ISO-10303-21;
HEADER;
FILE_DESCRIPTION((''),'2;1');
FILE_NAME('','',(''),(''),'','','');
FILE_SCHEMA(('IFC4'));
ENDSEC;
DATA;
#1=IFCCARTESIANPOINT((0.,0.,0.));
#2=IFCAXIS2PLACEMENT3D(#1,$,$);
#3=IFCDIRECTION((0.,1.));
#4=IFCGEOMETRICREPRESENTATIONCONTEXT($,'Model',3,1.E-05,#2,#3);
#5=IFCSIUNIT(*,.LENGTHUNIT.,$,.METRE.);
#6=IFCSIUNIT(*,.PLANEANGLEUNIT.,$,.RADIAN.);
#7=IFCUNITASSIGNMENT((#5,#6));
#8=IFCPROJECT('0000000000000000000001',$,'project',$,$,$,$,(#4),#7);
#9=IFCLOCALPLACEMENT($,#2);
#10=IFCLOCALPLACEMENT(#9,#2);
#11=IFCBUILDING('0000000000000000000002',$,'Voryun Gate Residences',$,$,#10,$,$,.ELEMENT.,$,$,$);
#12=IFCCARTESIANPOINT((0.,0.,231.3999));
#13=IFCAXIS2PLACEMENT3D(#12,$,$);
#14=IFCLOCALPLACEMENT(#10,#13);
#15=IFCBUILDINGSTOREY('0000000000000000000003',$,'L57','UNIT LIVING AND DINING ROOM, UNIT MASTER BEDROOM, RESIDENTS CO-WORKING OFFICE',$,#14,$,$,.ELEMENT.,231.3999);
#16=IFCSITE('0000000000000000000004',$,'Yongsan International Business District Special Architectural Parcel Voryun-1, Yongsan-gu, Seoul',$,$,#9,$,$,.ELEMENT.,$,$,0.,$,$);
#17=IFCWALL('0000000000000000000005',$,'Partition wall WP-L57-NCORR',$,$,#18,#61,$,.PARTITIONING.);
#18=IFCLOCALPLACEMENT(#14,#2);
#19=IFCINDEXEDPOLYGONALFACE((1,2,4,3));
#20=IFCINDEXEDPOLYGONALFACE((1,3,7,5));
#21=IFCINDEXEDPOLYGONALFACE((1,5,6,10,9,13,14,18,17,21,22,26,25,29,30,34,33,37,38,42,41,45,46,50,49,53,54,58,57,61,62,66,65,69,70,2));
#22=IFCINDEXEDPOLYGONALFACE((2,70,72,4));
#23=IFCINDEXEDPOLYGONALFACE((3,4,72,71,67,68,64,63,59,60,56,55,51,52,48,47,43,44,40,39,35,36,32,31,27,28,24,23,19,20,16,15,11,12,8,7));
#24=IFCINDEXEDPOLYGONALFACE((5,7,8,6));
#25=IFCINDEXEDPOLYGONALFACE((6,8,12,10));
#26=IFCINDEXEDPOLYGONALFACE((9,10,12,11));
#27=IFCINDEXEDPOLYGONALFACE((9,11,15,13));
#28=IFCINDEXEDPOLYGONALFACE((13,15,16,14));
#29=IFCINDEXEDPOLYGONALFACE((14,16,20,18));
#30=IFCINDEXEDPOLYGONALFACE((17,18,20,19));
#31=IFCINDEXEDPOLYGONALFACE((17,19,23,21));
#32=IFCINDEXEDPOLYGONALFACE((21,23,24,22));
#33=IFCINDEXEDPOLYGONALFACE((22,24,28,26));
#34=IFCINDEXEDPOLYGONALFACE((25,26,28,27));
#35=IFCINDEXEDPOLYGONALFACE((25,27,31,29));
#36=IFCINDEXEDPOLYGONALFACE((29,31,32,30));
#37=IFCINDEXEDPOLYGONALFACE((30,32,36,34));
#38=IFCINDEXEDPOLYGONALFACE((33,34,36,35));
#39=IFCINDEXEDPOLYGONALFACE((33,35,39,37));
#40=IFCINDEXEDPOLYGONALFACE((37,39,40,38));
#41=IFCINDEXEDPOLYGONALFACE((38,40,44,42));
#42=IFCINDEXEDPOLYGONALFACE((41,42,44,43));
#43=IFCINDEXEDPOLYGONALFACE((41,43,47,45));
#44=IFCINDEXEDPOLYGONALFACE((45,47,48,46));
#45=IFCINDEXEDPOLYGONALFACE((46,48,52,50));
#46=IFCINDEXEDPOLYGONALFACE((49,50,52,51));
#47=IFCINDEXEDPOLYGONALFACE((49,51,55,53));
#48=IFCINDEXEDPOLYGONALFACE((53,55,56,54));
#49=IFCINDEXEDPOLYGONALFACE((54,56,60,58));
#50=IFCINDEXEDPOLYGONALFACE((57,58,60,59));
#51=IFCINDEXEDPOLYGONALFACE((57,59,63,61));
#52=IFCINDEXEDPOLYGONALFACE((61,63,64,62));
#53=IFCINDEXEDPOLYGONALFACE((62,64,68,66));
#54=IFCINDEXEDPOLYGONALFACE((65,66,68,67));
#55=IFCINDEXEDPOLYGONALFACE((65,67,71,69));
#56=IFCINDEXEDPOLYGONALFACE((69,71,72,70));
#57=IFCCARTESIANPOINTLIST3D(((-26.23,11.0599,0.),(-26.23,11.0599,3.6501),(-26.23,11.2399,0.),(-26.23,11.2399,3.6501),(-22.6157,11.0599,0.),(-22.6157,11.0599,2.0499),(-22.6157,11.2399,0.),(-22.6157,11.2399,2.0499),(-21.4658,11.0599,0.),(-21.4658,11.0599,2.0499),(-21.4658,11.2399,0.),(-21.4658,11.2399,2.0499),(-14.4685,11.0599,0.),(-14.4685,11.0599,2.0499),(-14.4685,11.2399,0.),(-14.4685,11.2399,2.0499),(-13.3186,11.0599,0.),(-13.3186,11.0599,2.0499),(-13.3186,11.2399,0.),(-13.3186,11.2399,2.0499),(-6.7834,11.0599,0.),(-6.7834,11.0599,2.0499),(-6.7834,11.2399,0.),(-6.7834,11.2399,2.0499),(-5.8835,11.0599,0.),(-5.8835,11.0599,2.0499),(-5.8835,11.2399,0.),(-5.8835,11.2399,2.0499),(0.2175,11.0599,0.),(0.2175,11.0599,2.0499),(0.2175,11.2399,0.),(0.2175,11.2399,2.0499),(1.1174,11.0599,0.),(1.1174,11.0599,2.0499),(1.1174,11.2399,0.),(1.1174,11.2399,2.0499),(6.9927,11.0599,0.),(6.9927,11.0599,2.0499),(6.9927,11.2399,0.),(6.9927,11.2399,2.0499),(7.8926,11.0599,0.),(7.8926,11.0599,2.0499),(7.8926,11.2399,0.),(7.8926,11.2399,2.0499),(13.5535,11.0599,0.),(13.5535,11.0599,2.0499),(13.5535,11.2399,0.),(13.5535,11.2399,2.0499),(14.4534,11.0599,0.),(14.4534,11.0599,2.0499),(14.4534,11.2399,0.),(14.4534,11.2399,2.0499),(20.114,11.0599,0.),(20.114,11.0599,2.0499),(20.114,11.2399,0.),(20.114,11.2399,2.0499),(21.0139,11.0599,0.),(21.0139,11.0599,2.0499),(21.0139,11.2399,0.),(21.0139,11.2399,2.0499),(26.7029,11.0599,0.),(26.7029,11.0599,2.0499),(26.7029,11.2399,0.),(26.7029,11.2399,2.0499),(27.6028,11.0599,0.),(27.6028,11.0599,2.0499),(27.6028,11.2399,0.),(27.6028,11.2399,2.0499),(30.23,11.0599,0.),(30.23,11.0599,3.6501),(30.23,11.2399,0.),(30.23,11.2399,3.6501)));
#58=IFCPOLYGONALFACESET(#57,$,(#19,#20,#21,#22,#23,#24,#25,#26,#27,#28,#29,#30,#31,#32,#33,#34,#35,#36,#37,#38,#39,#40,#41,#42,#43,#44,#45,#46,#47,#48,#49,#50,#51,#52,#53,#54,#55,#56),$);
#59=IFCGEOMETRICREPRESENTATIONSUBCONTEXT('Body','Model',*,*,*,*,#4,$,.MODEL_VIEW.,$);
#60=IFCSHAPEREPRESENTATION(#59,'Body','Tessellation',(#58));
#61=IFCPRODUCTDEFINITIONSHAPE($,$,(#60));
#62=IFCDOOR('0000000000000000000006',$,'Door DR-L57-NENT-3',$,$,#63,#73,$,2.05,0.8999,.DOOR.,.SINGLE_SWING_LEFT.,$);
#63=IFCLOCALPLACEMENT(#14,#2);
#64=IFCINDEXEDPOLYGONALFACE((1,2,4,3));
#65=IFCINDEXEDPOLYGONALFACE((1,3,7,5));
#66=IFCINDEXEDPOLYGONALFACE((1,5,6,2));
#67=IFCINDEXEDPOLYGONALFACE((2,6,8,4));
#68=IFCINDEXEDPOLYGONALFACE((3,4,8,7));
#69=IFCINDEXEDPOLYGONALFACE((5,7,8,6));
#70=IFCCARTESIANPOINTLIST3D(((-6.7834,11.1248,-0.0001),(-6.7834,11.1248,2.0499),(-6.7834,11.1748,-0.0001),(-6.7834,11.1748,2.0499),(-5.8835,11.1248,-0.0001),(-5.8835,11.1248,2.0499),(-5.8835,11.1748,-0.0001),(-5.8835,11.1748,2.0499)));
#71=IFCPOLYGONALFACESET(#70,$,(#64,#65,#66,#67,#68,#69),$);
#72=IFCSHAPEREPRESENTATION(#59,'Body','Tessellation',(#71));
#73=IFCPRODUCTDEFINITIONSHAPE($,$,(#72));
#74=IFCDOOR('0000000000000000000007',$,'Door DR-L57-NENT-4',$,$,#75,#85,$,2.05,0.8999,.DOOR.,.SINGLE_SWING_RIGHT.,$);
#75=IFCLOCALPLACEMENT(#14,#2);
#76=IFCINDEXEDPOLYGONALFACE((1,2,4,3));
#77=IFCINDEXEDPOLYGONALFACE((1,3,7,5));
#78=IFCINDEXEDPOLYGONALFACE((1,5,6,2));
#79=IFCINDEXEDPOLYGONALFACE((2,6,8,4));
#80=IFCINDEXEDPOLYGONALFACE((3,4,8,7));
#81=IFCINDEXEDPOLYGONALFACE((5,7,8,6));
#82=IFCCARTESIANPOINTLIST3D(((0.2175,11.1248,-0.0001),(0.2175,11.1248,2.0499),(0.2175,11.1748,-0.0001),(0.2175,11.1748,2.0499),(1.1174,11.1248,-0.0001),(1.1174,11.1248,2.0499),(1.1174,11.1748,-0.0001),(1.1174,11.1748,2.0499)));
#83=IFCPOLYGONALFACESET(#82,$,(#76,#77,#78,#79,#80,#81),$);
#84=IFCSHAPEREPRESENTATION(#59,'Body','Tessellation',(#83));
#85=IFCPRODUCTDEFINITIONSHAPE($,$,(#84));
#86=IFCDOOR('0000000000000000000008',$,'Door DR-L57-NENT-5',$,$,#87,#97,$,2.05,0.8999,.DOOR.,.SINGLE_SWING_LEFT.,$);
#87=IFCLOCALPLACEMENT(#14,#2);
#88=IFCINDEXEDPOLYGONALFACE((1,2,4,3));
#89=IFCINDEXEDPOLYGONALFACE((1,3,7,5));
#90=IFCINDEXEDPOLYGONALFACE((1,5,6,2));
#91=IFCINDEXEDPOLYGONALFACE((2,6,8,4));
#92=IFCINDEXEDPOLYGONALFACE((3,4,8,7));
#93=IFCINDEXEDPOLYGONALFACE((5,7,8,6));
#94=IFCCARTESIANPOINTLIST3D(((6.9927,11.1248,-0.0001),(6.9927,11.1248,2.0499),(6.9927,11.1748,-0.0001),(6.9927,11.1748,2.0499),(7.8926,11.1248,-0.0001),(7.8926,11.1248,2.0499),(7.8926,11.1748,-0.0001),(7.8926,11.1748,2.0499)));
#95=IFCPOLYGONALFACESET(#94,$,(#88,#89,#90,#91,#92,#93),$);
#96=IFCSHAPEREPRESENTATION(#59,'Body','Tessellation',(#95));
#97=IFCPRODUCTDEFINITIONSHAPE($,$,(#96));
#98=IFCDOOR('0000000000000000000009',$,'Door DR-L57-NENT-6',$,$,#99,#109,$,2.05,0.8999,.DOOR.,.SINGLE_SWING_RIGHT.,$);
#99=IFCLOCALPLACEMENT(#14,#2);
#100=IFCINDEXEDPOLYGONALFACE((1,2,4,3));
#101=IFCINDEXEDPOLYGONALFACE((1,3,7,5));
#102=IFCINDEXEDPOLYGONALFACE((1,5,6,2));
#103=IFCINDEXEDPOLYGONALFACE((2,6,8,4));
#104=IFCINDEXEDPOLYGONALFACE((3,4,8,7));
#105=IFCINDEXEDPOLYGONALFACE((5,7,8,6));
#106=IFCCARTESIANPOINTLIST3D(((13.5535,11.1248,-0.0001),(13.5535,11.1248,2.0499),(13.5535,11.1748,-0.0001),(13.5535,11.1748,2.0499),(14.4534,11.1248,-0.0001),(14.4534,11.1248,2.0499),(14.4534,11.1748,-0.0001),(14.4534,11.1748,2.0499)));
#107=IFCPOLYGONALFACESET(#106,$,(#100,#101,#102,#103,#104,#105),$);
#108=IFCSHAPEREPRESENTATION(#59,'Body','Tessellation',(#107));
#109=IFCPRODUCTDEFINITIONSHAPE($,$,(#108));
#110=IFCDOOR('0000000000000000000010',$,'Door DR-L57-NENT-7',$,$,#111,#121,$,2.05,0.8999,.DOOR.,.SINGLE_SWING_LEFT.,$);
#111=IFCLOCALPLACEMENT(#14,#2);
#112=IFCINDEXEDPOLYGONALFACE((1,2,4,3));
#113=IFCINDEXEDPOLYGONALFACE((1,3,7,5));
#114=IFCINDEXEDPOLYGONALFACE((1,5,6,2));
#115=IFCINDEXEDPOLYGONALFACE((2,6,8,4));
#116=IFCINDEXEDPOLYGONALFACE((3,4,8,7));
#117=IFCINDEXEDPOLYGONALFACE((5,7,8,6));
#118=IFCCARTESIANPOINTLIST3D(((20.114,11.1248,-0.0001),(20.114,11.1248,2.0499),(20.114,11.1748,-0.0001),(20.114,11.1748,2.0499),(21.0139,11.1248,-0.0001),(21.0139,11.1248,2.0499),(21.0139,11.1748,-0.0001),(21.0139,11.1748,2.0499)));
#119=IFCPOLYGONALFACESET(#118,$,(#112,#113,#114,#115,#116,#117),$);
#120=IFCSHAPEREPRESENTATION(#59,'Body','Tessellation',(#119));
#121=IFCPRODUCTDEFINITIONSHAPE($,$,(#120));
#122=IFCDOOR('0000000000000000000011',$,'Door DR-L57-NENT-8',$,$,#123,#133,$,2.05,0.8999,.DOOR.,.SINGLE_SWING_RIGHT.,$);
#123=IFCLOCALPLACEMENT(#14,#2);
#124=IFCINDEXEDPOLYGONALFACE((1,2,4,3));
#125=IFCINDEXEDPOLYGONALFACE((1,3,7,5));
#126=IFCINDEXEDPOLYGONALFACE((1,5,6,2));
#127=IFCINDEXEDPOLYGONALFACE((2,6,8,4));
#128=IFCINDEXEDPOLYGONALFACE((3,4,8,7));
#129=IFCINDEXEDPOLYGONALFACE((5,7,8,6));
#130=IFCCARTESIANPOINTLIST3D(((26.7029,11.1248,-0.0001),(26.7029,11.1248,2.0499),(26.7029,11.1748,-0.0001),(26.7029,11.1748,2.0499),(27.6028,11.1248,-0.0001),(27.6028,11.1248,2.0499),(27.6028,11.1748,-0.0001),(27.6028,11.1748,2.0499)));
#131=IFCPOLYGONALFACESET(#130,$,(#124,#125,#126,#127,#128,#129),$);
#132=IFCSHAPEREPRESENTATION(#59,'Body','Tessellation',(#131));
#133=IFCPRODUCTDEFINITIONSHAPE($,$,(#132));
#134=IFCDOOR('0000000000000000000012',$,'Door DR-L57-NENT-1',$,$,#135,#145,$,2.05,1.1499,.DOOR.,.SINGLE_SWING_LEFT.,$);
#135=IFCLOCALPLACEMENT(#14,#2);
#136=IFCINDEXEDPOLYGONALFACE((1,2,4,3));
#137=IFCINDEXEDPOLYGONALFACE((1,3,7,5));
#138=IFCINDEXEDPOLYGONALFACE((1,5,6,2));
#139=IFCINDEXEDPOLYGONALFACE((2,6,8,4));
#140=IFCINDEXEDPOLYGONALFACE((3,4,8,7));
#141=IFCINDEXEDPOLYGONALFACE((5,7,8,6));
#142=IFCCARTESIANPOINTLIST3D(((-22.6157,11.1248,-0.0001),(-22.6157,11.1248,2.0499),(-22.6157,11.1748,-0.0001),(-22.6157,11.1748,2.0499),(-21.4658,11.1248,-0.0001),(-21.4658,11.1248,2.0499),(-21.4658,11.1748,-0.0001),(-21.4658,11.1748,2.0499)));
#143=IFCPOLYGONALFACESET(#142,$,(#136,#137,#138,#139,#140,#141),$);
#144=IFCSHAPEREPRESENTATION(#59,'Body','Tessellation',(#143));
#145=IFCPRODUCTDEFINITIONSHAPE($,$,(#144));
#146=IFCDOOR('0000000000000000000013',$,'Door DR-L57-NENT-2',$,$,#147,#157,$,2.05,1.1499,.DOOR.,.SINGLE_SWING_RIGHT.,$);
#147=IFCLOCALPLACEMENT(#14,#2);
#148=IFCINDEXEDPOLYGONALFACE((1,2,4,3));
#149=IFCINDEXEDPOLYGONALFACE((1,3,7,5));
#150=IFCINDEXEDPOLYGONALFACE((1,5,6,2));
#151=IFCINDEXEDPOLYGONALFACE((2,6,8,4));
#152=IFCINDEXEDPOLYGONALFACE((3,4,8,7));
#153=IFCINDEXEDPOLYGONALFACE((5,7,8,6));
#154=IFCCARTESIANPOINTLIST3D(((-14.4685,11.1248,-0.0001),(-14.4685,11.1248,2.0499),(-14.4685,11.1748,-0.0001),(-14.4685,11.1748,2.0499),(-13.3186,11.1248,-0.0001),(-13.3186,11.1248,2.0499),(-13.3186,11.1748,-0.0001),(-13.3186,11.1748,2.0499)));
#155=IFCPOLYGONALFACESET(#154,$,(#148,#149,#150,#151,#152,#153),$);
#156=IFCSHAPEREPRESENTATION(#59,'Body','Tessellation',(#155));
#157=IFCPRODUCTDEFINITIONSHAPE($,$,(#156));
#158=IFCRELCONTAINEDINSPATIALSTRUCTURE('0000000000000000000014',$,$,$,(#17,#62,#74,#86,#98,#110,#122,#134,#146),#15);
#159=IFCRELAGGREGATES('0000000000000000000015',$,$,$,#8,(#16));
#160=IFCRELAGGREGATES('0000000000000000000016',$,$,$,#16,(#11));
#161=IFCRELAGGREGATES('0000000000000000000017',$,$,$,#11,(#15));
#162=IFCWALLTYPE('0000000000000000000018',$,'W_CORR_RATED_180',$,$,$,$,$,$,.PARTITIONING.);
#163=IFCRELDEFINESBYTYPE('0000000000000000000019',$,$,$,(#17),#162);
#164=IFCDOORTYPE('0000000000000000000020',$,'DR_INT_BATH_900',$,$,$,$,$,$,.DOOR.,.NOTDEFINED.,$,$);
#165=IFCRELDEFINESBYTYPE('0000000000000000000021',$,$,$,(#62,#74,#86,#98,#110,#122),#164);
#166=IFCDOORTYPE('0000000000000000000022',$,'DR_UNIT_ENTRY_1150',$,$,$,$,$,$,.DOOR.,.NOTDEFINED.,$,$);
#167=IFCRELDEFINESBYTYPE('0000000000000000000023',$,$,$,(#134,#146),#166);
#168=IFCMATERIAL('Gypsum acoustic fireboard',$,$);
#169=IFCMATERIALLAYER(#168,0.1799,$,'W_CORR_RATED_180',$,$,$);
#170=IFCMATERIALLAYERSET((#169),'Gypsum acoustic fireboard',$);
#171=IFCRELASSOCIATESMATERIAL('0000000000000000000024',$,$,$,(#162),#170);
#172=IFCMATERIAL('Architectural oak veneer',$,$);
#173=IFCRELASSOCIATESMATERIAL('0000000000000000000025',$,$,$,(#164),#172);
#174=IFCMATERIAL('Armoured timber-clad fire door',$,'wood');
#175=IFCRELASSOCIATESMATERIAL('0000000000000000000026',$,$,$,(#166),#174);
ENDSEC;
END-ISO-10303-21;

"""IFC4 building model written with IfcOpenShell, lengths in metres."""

from ifc_helpers import new_model, si_unit, direction, frame, frame_2d, origin, place, context, subcontext, project, spatial, rectangle, extrude, material, layer, layer_set, type_object, element, fill, save


model = new_model("IFC4")

# Units and contexts
model_context = context("Model", 3, precision=1e-05, world=origin(), true_north=direction((0.0, 1.0)))
body_context = subcontext(model_context, "Body", "Model", "MODEL_VIEW")
ifc_project = project(units=[si_unit("LENGTHUNIT", "METRE"), si_unit("PLANEANGLEUNIT", "RADIAN")], contexts=[model_context])

# Site, building, storey
site_placement = place(None, origin())
site = spatial("IfcSite", under=ifc_project, at=site_placement, Name="Yongsan International Business District Special Architectural Parcel Voryun-1, Yongsan-gu, Seoul", CompositionType="ELEMENT", RefElevation=0.0)
building_placement = place(site_placement, origin())
building = spatial("IfcBuilding", under=site, at=building_placement, Name="Voryun Gate Residences", CompositionType="ELEMENT")
storey_placement = place(building_placement, frame((0.0, 0.0, 231.3999)))
storey = spatial("IfcBuildingStorey", under=building, at=storey_placement, Name="L57", Description="UNIT LIVING AND DINING ROOM, UNIT MASTER BEDROOM, RESIDENTS CO-WORKING OFFICE", CompositionType="ELEMENT", Elevation=231.3999)

# Wall, openings, doors
ifc_material_1 = material(Name="Gypsum acoustic fireboard")
ifc_layer_1 = layer(ifc_material_1, 0.1799, Name="W_CORR_RATED_180")
ifc_layer_set_1 = layer_set([ifc_layer_1], Name="Gypsum acoustic fireboard")
wall_type_1 = type_object("IfcWallType", Name="W_CORR_RATED_180", PredefinedType="PARTITIONING", material=ifc_layer_set_1)
wall_1_placement = place(storey_placement, frame((-26.23, 11.1499, 0.0), z_axis=(0.0, 0.0, 1.0), x_axis=(1.0, 0.0, 0.0)))
wall_1 = element("IfcWall", 1, at=wall_1_placement, inside=storey, type_object=wall_type_1, Name="Partition wall WP-L57-NCORR", PredefinedType="PARTITIONING", context=body_context, shape_type="SweptSolid", body=[
    extrude(rectangle(XDim=56.46, YDim=0.1799, at=frame_2d((28.23, 0.0))), origin(), (0.0, 0.0, 1.0), 3.6501),
])
opening_1_placement = place(wall_1_placement, frame((3.6143, 0.0, 0.0)))
opening_1 = element("IfcOpeningElement", 2, at=opening_1_placement, cuts=wall_1, PredefinedType="OPENING", context=body_context, shape_type="SweptSolid", body=[
    extrude(rectangle(XDim=1.1499, YDim=2.05, at=frame_2d((0.575, 1.0249))), frame((0.0, 0.0999, 0.0), z_axis=(0.0, -1.0, 0.0), x_axis=(1.0, 0.0, 0.0)), (0.0, 0.0, 1.0), 0.2),
])
opening_2_placement = place(wall_1_placement, frame((11.7615, 0.0, 0.0)))
opening_2 = element("IfcOpeningElement", 3, at=opening_2_placement, cuts=wall_1, PredefinedType="OPENING", context=body_context, shape_type="SweptSolid", body=[
    extrude(rectangle(XDim=1.1499, YDim=2.05, at=frame_2d((0.575, 1.0249))), frame((0.0, 0.0999, 0.0), z_axis=(0.0, -1.0, 0.0), x_axis=(1.0, 0.0, 0.0)), (0.0, 0.0, 1.0), 0.2),
])
opening_3_placement = place(wall_1_placement, frame((19.4465, 0.0, 0.0)))
opening_3 = element("IfcOpeningElement", 4, at=opening_3_placement, cuts=wall_1, PredefinedType="OPENING", context=body_context, shape_type="SweptSolid", body=[
    extrude(rectangle(XDim=0.8999, YDim=2.05, at=frame_2d((0.45, 1.0249))), frame((0.0, 0.0999, 0.0), z_axis=(0.0, -1.0, 0.0), x_axis=(1.0, 0.0, 0.0)), (0.0, 0.0, 1.0), 0.2),
])
opening_4_placement = place(wall_1_placement, frame((26.4475, 0.0, 0.0)))
opening_4 = element("IfcOpeningElement", 5, at=opening_4_placement, cuts=wall_1, PredefinedType="OPENING", context=body_context, shape_type="SweptSolid", body=[
    extrude(rectangle(XDim=0.8999, YDim=2.05, at=frame_2d((0.45, 1.0249))), frame((0.0, 0.0999, 0.0), z_axis=(0.0, -1.0, 0.0), x_axis=(1.0, 0.0, 0.0)), (0.0, 0.0, 1.0), 0.2),
])
opening_5_placement = place(wall_1_placement, frame((33.2227, 0.0, 0.0)))
opening_5 = element("IfcOpeningElement", 6, at=opening_5_placement, cuts=wall_1, PredefinedType="OPENING", context=body_context, shape_type="SweptSolid", body=[
    extrude(rectangle(XDim=0.8999, YDim=2.05, at=frame_2d((0.45, 1.0249))), frame((0.0, 0.0999, 0.0), z_axis=(0.0, -1.0, 0.0), x_axis=(1.0, 0.0, 0.0)), (0.0, 0.0, 1.0), 0.2),
])
opening_6_placement = place(wall_1_placement, frame((39.7834, 0.0, 0.0)))
opening_6 = element("IfcOpeningElement", 7, at=opening_6_placement, cuts=wall_1, PredefinedType="OPENING", context=body_context, shape_type="SweptSolid", body=[
    extrude(rectangle(XDim=0.8999, YDim=2.05, at=frame_2d((0.45, 1.0249))), frame((0.0, 0.0999, 0.0), z_axis=(0.0, -1.0, 0.0), x_axis=(1.0, 0.0, 0.0)), (0.0, 0.0, 1.0), 0.2),
])
opening_7_placement = place(wall_1_placement, frame((46.344, 0.0, 0.0)))
opening_7 = element("IfcOpeningElement", 8, at=opening_7_placement, cuts=wall_1, PredefinedType="OPENING", context=body_context, shape_type="SweptSolid", body=[
    extrude(rectangle(XDim=0.8999, YDim=2.05, at=frame_2d((0.45, 1.0249))), frame((0.0, 0.0999, 0.0), z_axis=(0.0, -1.0, 0.0), x_axis=(1.0, 0.0, 0.0)), (0.0, 0.0, 1.0), 0.2),
])
opening_8_placement = place(wall_1_placement, frame((52.9329, 0.0, 0.0)))
opening_8 = element("IfcOpeningElement", 9, at=opening_8_placement, cuts=wall_1, PredefinedType="OPENING", context=body_context, shape_type="SweptSolid", body=[
    extrude(rectangle(XDim=0.8999, YDim=2.05, at=frame_2d((0.45, 1.0249))), frame((0.0, 0.0999, 0.0), z_axis=(0.0, -1.0, 0.0), x_axis=(1.0, 0.0, 0.0)), (0.0, 0.0, 1.0), 0.2),
])
ifc_material_2 = material(Name="Architectural oak veneer")
door_type_1 = type_object("IfcDoorType", Name="DR_INT_BATH_900", OperationType="NOTDEFINED", PredefinedType="DOOR", material=ifc_material_2)
door_1_placement = place(opening_3_placement, origin())
door_1 = element("IfcDoor", 10, at=door_1_placement, inside=storey, type_object=door_type_1, Name="Door DR-L57-NENT-3", OperationType="SINGLE_SWING_LEFT", OverallHeight=2.05, OverallWidth=0.8999, PredefinedType="DOOR", context=body_context, shape_type="SweptSolid", body=[
    extrude(rectangle(XDim=0.8999, YDim=2.05, at=frame_2d((0.45, 1.0249))), frame((0.0, 0.0249, 0.0), z_axis=(0.0, -1.0, 0.0), x_axis=(1.0, 0.0, 0.0)), (0.0, 0.0, 1.0), 0.05),
])
fill(opening_3, door_1)
door_2_placement = place(opening_4_placement, origin())
door_2 = element("IfcDoor", 11, at=door_2_placement, inside=storey, type_object=door_type_1, Name="Door DR-L57-NENT-4", OperationType="SINGLE_SWING_RIGHT", OverallHeight=2.05, OverallWidth=0.8999, PredefinedType="DOOR", context=body_context, shape_type="SweptSolid", body=[
    extrude(rectangle(XDim=0.8999, YDim=2.05, at=frame_2d((0.45, 1.0249))), frame((0.0, 0.0249, 0.0), z_axis=(0.0, -1.0, 0.0), x_axis=(1.0, 0.0, 0.0)), (0.0, 0.0, 1.0), 0.05),
])
fill(opening_4, door_2)
door_3_placement = place(opening_5_placement, origin())
door_3 = element("IfcDoor", 12, at=door_3_placement, inside=storey, type_object=door_type_1, Name="Door DR-L57-NENT-5", OperationType="SINGLE_SWING_LEFT", OverallHeight=2.05, OverallWidth=0.8999, PredefinedType="DOOR", context=body_context, shape_type="SweptSolid", body=[
    extrude(rectangle(XDim=0.8999, YDim=2.05, at=frame_2d((0.45, 1.0249))), frame((0.0, 0.0249, 0.0), z_axis=(0.0, -1.0, 0.0), x_axis=(1.0, 0.0, 0.0)), (0.0, 0.0, 1.0), 0.05),
])
fill(opening_5, door_3)
door_4_placement = place(opening_6_placement, origin())
door_4 = element("IfcDoor", 13, at=door_4_placement, inside=storey, type_object=door_type_1, Name="Door DR-L57-NENT-6", OperationType="SINGLE_SWING_RIGHT", OverallHeight=2.05, OverallWidth=0.8999, PredefinedType="DOOR", context=body_context, shape_type="SweptSolid", body=[
    extrude(rectangle(XDim=0.8999, YDim=2.05, at=frame_2d((0.45, 1.0249))), frame((0.0, 0.0249, 0.0), z_axis=(0.0, -1.0, 0.0), x_axis=(1.0, 0.0, 0.0)), (0.0, 0.0, 1.0), 0.05),
])
fill(opening_6, door_4)
door_5_placement = place(opening_7_placement, origin())
door_5 = element("IfcDoor", 14, at=door_5_placement, inside=storey, type_object=door_type_1, Name="Door DR-L57-NENT-7", OperationType="SINGLE_SWING_LEFT", OverallHeight=2.05, OverallWidth=0.8999, PredefinedType="DOOR", context=body_context, shape_type="SweptSolid", body=[
    extrude(rectangle(XDim=0.8999, YDim=2.05, at=frame_2d((0.45, 1.0249))), frame((0.0, 0.0249, 0.0), z_axis=(0.0, -1.0, 0.0), x_axis=(1.0, 0.0, 0.0)), (0.0, 0.0, 1.0), 0.05),
])
fill(opening_7, door_5)
door_6_placement = place(opening_8_placement, origin())
door_6 = element("IfcDoor", 15, at=door_6_placement, inside=storey, type_object=door_type_1, Name="Door DR-L57-NENT-8", OperationType="SINGLE_SWING_RIGHT", OverallHeight=2.05, OverallWidth=0.8999, PredefinedType="DOOR", context=body_context, shape_type="SweptSolid", body=[
    extrude(rectangle(XDim=0.8999, YDim=2.05, at=frame_2d((0.45, 1.0249))), frame((0.0, 0.0249, 0.0), z_axis=(0.0, -1.0, 0.0), x_axis=(1.0, 0.0, 0.0)), (0.0, 0.0, 1.0), 0.05),
])
fill(opening_8, door_6)
ifc_material_3 = material(Name="Armoured timber-clad fire door", Category="wood")
door_type_2 = type_object("IfcDoorType", Name="DR_UNIT_ENTRY_1150", OperationType="NOTDEFINED", PredefinedType="DOOR", material=ifc_material_3)
door_7_placement = place(opening_1_placement, origin())
door_7 = element("IfcDoor", 16, at=door_7_placement, inside=storey, type_object=door_type_2, Name="Door DR-L57-NENT-1", OperationType="SINGLE_SWING_LEFT", OverallHeight=2.05, OverallWidth=1.1499, PredefinedType="DOOR", context=body_context, shape_type="SweptSolid", body=[
    extrude(rectangle(XDim=1.1499, YDim=2.05, at=frame_2d((0.575, 1.0249))), frame((0.0, 0.0249, 0.0), z_axis=(0.0, -1.0, 0.0), x_axis=(1.0, 0.0, 0.0)), (0.0, 0.0, 1.0), 0.05),
])
fill(opening_1, door_7)
door_8_placement = place(opening_2_placement, origin())
door_8 = element("IfcDoor", 17, at=door_8_placement, inside=storey, type_object=door_type_2, Name="Door DR-L57-NENT-2", OperationType="SINGLE_SWING_RIGHT", OverallHeight=2.05, OverallWidth=1.1499, PredefinedType="DOOR", context=body_context, shape_type="SweptSolid", body=[
    extrude(rectangle(XDim=1.1499, YDim=2.05, at=frame_2d((0.575, 1.0249))), frame((0.0, 0.0249, 0.0), z_axis=(0.0, -1.0, 0.0), x_axis=(1.0, 0.0, 0.0)), (0.0, 0.0, 1.0), 0.05),
])
fill(opening_2, door_8)

save(model, "model.ifc")
